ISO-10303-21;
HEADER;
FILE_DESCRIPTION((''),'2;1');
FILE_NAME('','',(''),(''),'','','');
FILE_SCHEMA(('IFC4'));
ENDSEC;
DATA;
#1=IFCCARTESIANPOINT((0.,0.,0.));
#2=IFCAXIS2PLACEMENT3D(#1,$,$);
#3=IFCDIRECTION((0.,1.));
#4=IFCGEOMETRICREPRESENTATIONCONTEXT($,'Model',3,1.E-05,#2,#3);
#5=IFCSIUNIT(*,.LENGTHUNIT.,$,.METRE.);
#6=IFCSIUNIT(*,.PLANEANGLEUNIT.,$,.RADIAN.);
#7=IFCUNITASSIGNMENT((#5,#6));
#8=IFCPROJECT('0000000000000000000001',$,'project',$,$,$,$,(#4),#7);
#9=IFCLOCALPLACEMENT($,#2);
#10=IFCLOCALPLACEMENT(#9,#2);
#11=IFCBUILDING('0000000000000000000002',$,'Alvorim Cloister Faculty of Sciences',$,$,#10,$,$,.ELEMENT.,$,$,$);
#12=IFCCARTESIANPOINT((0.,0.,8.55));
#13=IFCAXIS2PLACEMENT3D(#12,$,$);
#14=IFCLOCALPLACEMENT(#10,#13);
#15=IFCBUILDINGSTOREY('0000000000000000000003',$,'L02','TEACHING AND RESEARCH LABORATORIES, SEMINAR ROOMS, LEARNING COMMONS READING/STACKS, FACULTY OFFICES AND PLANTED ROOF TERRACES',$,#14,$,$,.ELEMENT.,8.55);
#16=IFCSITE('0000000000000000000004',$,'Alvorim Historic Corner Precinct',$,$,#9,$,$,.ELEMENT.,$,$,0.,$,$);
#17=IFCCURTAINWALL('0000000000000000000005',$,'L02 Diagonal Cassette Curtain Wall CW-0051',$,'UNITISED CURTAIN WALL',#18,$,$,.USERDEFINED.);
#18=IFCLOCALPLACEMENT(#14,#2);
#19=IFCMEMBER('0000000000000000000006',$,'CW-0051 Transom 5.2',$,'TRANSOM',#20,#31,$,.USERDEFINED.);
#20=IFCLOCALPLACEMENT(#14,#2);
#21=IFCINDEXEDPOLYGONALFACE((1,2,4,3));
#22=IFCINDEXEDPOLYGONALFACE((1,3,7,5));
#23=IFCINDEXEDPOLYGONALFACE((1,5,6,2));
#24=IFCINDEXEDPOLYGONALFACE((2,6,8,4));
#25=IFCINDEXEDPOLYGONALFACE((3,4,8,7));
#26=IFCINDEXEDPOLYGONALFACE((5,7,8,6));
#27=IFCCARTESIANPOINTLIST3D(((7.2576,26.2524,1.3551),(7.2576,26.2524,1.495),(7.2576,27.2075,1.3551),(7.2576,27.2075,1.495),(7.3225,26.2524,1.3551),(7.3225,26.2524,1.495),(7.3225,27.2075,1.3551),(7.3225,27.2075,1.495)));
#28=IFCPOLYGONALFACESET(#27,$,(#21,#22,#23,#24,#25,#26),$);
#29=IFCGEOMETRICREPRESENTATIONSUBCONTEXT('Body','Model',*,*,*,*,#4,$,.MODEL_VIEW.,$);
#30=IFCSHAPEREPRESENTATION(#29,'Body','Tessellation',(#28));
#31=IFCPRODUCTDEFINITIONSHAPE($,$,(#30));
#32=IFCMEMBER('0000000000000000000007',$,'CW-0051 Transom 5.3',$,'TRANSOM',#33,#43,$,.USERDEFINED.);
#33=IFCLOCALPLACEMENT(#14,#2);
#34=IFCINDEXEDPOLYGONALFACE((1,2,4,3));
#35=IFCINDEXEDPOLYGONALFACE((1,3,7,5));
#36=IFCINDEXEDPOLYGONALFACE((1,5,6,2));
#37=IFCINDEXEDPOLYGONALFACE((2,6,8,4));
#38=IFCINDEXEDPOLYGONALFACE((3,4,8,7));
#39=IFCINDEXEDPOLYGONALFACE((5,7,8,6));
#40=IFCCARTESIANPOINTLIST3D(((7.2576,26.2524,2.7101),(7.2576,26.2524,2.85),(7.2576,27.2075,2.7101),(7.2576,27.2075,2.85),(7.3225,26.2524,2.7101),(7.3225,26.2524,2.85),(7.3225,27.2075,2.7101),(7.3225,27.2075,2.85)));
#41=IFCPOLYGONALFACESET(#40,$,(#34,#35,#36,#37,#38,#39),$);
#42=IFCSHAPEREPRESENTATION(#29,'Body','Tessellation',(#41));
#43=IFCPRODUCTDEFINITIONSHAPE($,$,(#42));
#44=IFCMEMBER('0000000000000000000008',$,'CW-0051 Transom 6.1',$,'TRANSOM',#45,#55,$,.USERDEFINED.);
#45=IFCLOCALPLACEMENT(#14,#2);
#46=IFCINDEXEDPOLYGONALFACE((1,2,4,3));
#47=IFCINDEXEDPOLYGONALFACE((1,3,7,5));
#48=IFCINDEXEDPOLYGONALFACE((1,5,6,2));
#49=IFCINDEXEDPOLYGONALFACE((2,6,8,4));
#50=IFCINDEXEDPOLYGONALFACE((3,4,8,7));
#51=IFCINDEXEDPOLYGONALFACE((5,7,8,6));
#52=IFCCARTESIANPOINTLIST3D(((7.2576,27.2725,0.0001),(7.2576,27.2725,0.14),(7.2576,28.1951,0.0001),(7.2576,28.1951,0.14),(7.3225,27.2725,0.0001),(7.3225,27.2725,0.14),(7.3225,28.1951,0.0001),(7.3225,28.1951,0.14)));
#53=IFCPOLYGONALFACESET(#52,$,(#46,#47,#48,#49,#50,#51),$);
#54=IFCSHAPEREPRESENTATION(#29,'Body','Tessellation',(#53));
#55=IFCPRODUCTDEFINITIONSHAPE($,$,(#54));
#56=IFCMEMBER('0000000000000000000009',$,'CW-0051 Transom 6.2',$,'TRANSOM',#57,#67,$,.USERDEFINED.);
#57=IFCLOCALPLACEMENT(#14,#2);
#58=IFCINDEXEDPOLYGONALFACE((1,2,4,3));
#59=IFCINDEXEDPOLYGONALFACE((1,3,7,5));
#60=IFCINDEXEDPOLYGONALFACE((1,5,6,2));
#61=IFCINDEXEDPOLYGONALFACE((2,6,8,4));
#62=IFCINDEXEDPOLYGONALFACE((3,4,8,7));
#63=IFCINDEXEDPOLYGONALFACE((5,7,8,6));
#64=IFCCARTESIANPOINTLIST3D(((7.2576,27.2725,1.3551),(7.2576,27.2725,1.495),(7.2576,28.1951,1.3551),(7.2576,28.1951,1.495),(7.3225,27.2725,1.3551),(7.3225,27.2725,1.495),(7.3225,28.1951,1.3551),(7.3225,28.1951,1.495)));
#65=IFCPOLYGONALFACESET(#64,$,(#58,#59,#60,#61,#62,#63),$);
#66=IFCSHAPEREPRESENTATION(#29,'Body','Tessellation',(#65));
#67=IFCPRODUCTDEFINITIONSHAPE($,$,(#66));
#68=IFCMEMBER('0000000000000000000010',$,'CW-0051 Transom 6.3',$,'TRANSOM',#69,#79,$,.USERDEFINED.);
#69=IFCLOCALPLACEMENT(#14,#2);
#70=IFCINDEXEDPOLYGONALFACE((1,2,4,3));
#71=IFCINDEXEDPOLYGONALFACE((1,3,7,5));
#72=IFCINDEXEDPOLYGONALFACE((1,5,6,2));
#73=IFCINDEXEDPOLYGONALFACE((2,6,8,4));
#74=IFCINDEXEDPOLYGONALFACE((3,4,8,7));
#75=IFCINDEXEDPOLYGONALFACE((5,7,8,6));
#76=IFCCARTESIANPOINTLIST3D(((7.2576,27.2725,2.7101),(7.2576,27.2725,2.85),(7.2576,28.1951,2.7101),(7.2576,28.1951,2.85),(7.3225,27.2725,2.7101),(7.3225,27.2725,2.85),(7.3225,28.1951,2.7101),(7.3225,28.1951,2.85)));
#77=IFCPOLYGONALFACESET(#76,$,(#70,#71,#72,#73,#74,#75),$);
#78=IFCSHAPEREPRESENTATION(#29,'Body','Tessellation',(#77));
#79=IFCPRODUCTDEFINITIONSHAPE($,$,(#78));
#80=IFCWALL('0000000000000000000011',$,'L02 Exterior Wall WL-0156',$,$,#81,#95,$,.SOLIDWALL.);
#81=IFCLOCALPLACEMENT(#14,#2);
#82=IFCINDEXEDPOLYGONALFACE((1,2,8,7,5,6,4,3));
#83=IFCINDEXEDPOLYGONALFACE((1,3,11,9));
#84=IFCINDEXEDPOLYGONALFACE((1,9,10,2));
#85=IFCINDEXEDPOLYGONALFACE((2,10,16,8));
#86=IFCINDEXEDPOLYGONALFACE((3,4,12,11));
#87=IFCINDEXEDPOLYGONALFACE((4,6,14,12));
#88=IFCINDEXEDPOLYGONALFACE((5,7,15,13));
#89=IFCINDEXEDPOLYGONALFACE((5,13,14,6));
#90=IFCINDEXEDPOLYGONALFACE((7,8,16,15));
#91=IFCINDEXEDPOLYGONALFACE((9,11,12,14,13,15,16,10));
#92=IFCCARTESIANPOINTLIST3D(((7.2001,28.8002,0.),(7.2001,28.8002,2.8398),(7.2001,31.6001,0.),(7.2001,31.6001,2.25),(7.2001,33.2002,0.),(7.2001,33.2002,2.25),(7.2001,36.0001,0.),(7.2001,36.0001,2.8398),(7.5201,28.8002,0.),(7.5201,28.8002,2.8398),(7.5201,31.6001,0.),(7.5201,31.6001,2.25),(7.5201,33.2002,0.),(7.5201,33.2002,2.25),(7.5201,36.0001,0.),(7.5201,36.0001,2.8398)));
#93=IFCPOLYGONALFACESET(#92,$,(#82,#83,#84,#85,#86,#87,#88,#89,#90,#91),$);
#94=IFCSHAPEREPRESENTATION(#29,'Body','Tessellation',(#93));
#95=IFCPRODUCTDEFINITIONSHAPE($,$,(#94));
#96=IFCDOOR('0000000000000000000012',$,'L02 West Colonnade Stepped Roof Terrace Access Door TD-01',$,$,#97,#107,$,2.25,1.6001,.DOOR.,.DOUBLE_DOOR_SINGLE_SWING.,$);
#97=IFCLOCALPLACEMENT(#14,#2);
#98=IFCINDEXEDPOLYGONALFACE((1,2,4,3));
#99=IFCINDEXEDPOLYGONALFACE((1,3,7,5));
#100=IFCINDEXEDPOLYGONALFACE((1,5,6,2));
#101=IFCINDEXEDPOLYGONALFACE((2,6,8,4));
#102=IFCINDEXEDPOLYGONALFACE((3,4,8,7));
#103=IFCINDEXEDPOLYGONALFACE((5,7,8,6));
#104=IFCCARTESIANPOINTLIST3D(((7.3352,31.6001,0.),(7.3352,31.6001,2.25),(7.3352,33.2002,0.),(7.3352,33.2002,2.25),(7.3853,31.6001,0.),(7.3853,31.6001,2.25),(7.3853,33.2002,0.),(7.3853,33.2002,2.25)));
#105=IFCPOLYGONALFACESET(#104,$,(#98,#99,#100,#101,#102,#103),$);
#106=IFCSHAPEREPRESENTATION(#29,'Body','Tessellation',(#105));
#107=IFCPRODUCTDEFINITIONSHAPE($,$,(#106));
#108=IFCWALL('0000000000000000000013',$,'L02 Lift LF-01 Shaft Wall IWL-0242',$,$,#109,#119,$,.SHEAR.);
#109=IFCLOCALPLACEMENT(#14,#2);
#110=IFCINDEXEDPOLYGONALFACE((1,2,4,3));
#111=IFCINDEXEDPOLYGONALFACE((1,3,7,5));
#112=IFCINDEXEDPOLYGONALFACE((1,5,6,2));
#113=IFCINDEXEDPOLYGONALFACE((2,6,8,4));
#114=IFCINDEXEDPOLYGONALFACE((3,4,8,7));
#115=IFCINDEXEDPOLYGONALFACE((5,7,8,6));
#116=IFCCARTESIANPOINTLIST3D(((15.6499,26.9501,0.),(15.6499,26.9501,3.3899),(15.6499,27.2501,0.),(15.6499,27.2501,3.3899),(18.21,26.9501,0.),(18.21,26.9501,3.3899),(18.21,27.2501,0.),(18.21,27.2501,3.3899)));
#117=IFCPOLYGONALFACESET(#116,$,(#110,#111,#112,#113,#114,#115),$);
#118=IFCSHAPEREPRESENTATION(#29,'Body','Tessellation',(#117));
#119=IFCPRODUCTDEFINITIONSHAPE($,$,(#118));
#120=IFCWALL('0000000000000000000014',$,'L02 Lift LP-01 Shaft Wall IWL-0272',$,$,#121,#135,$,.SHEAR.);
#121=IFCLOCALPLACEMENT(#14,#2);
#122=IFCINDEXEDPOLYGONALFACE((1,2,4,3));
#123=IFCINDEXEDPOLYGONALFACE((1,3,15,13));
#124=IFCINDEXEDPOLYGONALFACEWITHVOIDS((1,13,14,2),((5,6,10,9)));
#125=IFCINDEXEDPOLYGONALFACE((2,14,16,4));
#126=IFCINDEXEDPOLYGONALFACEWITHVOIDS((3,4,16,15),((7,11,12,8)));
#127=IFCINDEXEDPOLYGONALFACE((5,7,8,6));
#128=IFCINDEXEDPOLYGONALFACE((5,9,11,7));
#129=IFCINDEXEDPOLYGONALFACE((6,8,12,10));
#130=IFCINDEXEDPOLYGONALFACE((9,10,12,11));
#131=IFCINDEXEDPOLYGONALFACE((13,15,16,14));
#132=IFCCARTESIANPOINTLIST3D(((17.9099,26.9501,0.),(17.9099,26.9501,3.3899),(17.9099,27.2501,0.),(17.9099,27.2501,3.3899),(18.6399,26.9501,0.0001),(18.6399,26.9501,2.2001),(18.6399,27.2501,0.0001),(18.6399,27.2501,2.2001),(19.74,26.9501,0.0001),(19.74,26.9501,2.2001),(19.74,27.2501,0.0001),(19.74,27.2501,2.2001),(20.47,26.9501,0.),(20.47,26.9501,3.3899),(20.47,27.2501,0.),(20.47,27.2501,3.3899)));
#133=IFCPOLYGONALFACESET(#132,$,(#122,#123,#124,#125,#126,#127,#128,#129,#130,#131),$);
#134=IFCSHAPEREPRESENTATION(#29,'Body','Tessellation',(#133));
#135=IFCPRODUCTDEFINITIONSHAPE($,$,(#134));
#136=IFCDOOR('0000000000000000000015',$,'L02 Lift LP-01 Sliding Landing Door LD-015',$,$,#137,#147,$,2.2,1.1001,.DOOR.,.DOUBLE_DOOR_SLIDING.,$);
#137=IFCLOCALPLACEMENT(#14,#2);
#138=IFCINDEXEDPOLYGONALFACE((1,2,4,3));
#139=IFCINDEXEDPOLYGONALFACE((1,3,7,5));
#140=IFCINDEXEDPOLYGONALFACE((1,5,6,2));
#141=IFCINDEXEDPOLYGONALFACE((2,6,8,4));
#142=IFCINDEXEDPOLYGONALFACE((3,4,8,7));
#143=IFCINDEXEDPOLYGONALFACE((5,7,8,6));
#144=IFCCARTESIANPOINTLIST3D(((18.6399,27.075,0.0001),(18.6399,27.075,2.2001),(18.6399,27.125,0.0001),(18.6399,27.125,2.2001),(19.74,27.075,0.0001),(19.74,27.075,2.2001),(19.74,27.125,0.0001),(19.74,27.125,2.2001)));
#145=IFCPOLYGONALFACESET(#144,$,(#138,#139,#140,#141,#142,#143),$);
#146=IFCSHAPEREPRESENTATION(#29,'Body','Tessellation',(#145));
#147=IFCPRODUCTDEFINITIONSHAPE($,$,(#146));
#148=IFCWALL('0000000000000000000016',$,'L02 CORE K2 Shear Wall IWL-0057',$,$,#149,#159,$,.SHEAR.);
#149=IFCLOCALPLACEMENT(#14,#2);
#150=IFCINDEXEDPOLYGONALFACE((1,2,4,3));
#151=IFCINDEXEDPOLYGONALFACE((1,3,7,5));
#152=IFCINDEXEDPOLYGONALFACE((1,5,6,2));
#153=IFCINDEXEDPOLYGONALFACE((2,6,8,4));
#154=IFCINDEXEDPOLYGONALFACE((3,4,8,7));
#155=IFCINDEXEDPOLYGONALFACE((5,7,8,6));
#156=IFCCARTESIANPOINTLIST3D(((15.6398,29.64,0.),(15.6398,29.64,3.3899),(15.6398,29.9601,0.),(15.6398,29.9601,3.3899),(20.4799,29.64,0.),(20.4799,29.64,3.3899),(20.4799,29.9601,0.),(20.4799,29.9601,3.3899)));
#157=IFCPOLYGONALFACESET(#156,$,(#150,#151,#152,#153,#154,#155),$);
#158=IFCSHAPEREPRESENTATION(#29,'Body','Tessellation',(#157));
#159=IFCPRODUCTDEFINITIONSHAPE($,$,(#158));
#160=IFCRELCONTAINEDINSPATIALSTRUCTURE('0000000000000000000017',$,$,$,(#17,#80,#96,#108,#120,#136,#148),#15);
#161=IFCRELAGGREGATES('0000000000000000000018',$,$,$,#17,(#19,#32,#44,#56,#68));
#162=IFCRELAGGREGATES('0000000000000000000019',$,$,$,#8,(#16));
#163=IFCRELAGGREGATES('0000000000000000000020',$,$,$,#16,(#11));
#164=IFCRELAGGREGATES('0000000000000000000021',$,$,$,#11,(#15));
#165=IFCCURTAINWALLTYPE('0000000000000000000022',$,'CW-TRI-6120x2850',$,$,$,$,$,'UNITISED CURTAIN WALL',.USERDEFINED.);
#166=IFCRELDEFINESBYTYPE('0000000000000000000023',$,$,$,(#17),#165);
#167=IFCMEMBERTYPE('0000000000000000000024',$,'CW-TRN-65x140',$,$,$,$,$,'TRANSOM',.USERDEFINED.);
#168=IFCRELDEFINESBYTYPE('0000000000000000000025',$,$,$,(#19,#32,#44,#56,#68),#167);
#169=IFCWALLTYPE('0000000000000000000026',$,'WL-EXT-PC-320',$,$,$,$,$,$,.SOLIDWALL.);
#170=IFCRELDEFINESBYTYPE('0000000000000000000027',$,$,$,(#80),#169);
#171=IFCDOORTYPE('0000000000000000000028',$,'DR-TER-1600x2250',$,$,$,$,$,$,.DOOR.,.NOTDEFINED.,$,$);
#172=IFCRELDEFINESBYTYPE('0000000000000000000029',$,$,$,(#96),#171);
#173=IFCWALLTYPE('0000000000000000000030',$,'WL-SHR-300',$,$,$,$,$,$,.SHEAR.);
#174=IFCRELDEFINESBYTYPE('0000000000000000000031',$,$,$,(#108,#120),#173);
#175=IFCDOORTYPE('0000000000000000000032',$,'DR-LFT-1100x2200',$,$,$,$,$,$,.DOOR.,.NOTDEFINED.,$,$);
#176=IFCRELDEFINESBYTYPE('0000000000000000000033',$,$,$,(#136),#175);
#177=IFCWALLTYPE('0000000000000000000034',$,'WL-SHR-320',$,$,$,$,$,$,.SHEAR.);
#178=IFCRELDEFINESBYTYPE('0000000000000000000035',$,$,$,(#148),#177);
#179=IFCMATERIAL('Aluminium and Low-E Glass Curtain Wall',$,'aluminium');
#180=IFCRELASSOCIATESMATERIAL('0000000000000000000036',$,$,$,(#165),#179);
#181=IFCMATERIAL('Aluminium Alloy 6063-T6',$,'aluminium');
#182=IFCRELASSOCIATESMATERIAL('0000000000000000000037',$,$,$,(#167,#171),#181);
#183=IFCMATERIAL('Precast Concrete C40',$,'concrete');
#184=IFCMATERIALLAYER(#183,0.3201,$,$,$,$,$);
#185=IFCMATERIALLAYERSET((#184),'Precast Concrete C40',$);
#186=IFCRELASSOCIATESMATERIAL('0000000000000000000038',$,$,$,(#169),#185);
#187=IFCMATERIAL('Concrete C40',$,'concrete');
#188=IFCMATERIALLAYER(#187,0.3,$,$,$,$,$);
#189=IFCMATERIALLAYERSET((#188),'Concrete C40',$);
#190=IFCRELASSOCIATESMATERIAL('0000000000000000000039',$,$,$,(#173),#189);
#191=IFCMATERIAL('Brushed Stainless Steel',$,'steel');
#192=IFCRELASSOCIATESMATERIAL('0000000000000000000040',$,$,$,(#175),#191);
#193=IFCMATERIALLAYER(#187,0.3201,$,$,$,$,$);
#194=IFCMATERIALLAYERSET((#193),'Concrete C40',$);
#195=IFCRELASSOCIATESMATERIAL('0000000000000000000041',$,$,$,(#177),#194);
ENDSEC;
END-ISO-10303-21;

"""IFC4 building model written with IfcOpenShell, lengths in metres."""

from ifc_helpers import new_model, si_unit, direction, frame, frame_2d, origin, origin_2d, place, context, subcontext, project, spatial, rectangle, extrude, material, layer, layer_set, material_profile, profile_set, type_object, element, fill, aggregate, save


model = new_model("IFC4")

# Units and contexts
model_context = context("Model", 3, precision=1e-05, world=origin(), true_north=direction((0.0, 1.0)))
body_context = subcontext(model_context, "Body", "Model", "MODEL_VIEW")
ifc_project = project(units=[si_unit("LENGTHUNIT", "METRE"), si_unit("PLANEANGLEUNIT", "RADIAN")], contexts=[model_context])

# Site, building, storey
site_placement = place(None, origin())
site = spatial("IfcSite", under=ifc_project, at=site_placement, Name="Alvorim Historic Corner Precinct", CompositionType="ELEMENT", RefElevation=0.0)
building_placement = place(site_placement, origin())
building = spatial("IfcBuilding", under=site, at=building_placement, Name="Alvorim Cloister Faculty of Sciences", CompositionType="ELEMENT")
storey_placement = place(building_placement, frame((0.0, 0.0, 8.55)))
storey = spatial("IfcBuildingStorey", under=building, at=storey_placement, Name="L02", Description="TEACHING AND RESEARCH LABORATORIES, SEMINAR ROOMS, LEARNING COMMONS READING/STACKS, FACULTY OFFICES AND PLANTED ROOF TERRACES", CompositionType="ELEMENT", Elevation=8.55)

# Curtain wall, members
ifc_material_1 = material(Name="Aluminium and Low-E Glass Curtain Wall", Category="aluminium")
curtain_wall_type = type_object("IfcCurtainWallType", Name="CW-TRI-6120x2850", ElementType="UNITISED CURTAIN WALL", PredefinedType="USERDEFINED", material=ifc_material_1)
curtain_wall_placement = place(storey_placement, origin())
curtain_wall = element("IfcCurtainWall", 1, at=curtain_wall_placement, inside=storey, type_object=curtain_wall_type, Name="L02 Diagonal Cassette Curtain Wall CW-0051", ObjectType="UNITISED CURTAIN WALL", PredefinedType="USERDEFINED")
ifc_material_2 = material(Name="Aluminium Alloy 6063-T6", Category="aluminium")
ifc_material_profile_1 = material_profile(ifc_material_2, rectangle(XDim=0.0649, YDim=0.1399, at=origin_2d()), Name="ALU-TRN-65x140")
ifc_profile_set_1 = profile_set([ifc_material_profile_1], Name="Aluminium Alloy 6063-T6")
member_type_1 = type_object("IfcMemberType", Name="CW-TRN-65x140", ElementType="TRANSOM", PredefinedType="USERDEFINED", material=ifc_profile_set_1)
member_1_placement = place(storey_placement, frame((7.29, 26.2524, 1.425), z_axis=(0.0, 1.0, 0.0), x_axis=(-1.0, 0.0, 0.0)))
member_1 = element("IfcMember", 2, at=member_1_placement, type_object=member_type_1, Name="CW-0051 Transom 5.2", ObjectType="TRANSOM", PredefinedType="USERDEFINED", context=body_context, shape_type="SweptSolid", body=[
    extrude(rectangle(XDim=0.0649, YDim=0.1399, at=origin_2d()), origin(), (0.0, 0.0, 1.0), 0.9551),
])
member_2_placement = place(storey_placement, frame((7.29, 26.2524, 2.78), z_axis=(0.0, 1.0, 0.0), x_axis=(-1.0, 0.0, 0.0)))
member_2 = element("IfcMember", 3, at=member_2_placement, type_object=member_type_1, Name="CW-0051 Transom 5.3", ObjectType="TRANSOM", PredefinedType="USERDEFINED", context=body_context, shape_type="SweptSolid", body=[
    extrude(rectangle(XDim=0.0649, YDim=0.1399, at=origin_2d()), origin(), (0.0, 0.0, 1.0), 0.9551),
])
member_3_placement = place(storey_placement, frame((7.29, 27.2725, 0.0701), z_axis=(0.0, 1.0, 0.0), x_axis=(-1.0, 0.0, 0.0)))
member_3 = element("IfcMember", 4, at=member_3_placement, type_object=member_type_1, Name="CW-0051 Transom 6.1", ObjectType="TRANSOM", PredefinedType="USERDEFINED", context=body_context, shape_type="SweptSolid", body=[
    extrude(rectangle(XDim=0.0649, YDim=0.1399, at=origin_2d()), origin(), (0.0, 0.0, 1.0), 0.9226),
])
member_4_placement = place(storey_placement, frame((7.29, 27.2725, 1.425), z_axis=(0.0, 1.0, 0.0), x_axis=(-1.0, 0.0, 0.0)))
member_4 = element("IfcMember", 5, at=member_4_placement, type_object=member_type_1, Name="CW-0051 Transom 6.2", ObjectType="TRANSOM", PredefinedType="USERDEFINED", context=body_context, shape_type="SweptSolid", body=[
    extrude(rectangle(XDim=0.0649, YDim=0.1399, at=origin_2d()), origin(), (0.0, 0.0, 1.0), 0.9226),
])
member_5_placement = place(storey_placement, frame((7.29, 27.2725, 2.78), z_axis=(0.0, 1.0, 0.0), x_axis=(-1.0, 0.0, 0.0)))
member_5 = element("IfcMember", 6, at=member_5_placement, type_object=member_type_1, Name="CW-0051 Transom 6.3", ObjectType="TRANSOM", PredefinedType="USERDEFINED", context=body_context, shape_type="SweptSolid", body=[
    extrude(rectangle(XDim=0.0649, YDim=0.1399, at=origin_2d()), origin(), (0.0, 0.0, 1.0), 0.9226),
])
aggregate(curtain_wall, [member_1, member_2, member_3, member_4, member_5])

# Wall, opening, door
ifc_material_3 = material(Name="Precast Concrete C40", Category="concrete")
ifc_layer_1 = layer(ifc_material_3, 0.3201)
ifc_layer_set_1 = layer_set([ifc_layer_1], Name="Precast Concrete C40")
wall_type_1 = type_object("IfcWallType", Name="WL-EXT-PC-320", PredefinedType="SOLIDWALL", material=ifc_layer_set_1)
wall_1_placement = place(storey_placement, frame((7.3601, 28.8, 0.0), z_axis=(0.0, 0.0, 1.0), x_axis=(0.0, 1.0, 0.0)))
wall_1 = element("IfcWall", 7, at=wall_1_placement, inside=storey, type_object=wall_type_1, Name="L02 Exterior Wall WL-0156", PredefinedType="SOLIDWALL", context=body_context, shape_type="SweptSolid", body=[
    extrude(rectangle(XDim=7.2, YDim=0.3201, at=frame_2d((3.6001, 0.0))), origin(), (0.0, 0.0, 1.0), 2.8398),
])
opening_1_placement = place(wall_1_placement, frame((2.8, 0.0, 0.0)))
opening_1 = element("IfcOpeningElement", 8, at=opening_1_placement, cuts=wall_1, PredefinedType="OPENING", context=body_context, shape_type="SweptSolid", body=[
    extrude(rectangle(XDim=1.6001, YDim=2.25, at=frame_2d((0.8, 1.125))), frame((0.0, 0.1719, 0.0), z_axis=(0.0, -1.0, 0.0), x_axis=(1.0, 0.0, 0.0)), (0.0, 0.0, 1.0), 0.344),
])
door_type_1 = type_object("IfcDoorType", Name="DR-TER-1600x2250", OperationType="NOTDEFINED", PredefinedType="DOOR", material=ifc_material_2)
door_1_placement = place(opening_1_placement, origin())
door_1 = element("IfcDoor", 9, at=door_1_placement, inside=storey, type_object=door_type_1, Name="L02 West Colonnade Stepped Roof Terrace Access Door TD-01", OperationType="DOUBLE_DOOR_SINGLE_SWING", OverallHeight=2.25, OverallWidth=1.6001, PredefinedType="DOOR", context=body_context, shape_type="SweptSolid", body=[
    extrude(rectangle(XDim=1.6001, YDim=2.25, at=frame_2d((0.8, 1.125))), frame((0.0, 0.0249, 0.0), z_axis=(0.0, -1.0, 0.0), x_axis=(1.0, 0.0, 0.0)), (0.0, 0.0, 1.0), 0.05),
])
fill(opening_1, door_1)

# Wall
ifc_material_4 = material(Name="Concrete C40", Category="concrete")
ifc_layer_2 = layer(ifc_material_4, 0.3)
ifc_layer_set_2 = layer_set([ifc_layer_2], Name="Concrete C40")
wall_type_2 = type_object("IfcWallType", Name="WL-SHR-300", PredefinedType="SHEAR", material=ifc_layer_set_2)
wall_2_placement = place(storey_placement, frame((15.6499, 27.1001, 0.0), z_axis=(0.0, 0.0, 1.0), x_axis=(1.0, 0.0, 0.0)))
element("IfcWall", 10, at=wall_2_placement, inside=storey, type_object=wall_type_2, Name="L02 Lift LF-01 Shaft Wall IWL-0242", PredefinedType="SHEAR", context=body_context, shape_type="SweptSolid", body=[
    extrude(rectangle(XDim=2.5601, YDim=0.3, at=frame_2d((1.28, 0.0))), origin(), (0.0, 0.0, 1.0), 3.3899),
])

# Wall, opening, door
wall_3_placement = place(storey_placement, frame((17.9099, 27.1001, 0.0), z_axis=(0.0, 0.0, 1.0), x_axis=(1.0, 0.0, 0.0)))
wall_3 = element("IfcWall", 11, at=wall_3_placement, inside=storey, type_object=wall_type_2, Name="L02 Lift LP-01 Shaft Wall IWL-0272", PredefinedType="SHEAR", context=body_context, shape_type="SweptSolid", body=[
    extrude(rectangle(XDim=2.5601, YDim=0.3, at=frame_2d((1.28, 0.0))), origin(), (0.0, 0.0, 1.0), 3.3899),
])
opening_2_placement = place(wall_3_placement, frame((0.73, 0.0, 0.0)))
opening_2 = element("IfcOpeningElement", 12, at=opening_2_placement, cuts=wall_3, PredefinedType="OPENING", context=body_context, shape_type="SweptSolid", body=[
    extrude(rectangle(XDim=1.1001, YDim=2.2, at=frame_2d((0.55, 1.1001))), frame((0.0, 0.1621, 0.0), z_axis=(0.0, -1.0, 0.0), x_axis=(1.0, 0.0, 0.0)), (0.0, 0.0, 1.0), 0.324),
])
ifc_material_5 = material(Name="Brushed Stainless Steel", Category="steel")
door_type_2 = type_object("IfcDoorType", Name="DR-LFT-1100x2200", OperationType="NOTDEFINED", PredefinedType="DOOR", material=ifc_material_5)
door_2_placement = place(opening_2_placement, origin())
door_2 = element("IfcDoor", 13, at=door_2_placement, inside=storey, type_object=door_type_2, Name="L02 Lift LP-01 Sliding Landing Door LD-015", OperationType="DOUBLE_DOOR_SLIDING", OverallHeight=2.2, OverallWidth=1.1001, PredefinedType="DOOR", context=body_context, shape_type="SweptSolid", body=[
    extrude(rectangle(XDim=1.1001, YDim=2.2, at=frame_2d((0.55, 1.1001))), frame((0.0, 0.0249, 0.0), z_axis=(0.0, -1.0, 0.0), x_axis=(1.0, 0.0, 0.0)), (0.0, 0.0, 1.0), 0.05),
])
fill(opening_2, door_2)

# Wall
ifc_layer_3 = layer(ifc_material_4, 0.3201)
ifc_layer_set_3 = layer_set([ifc_layer_3], Name="Concrete C40")
wall_type_3 = type_object("IfcWallType", Name="WL-SHR-320", PredefinedType="SHEAR", material=ifc_layer_set_3)
wall_4_placement = place(storey_placement, frame((15.6399, 29.8, 0.0), z_axis=(0.0, 0.0, 1.0), x_axis=(1.0, 0.0, 0.0)))
element("IfcWall", 14, at=wall_4_placement, inside=storey, type_object=wall_type_3, Name="L02 CORE K2 Shear Wall IWL-0057", PredefinedType="SHEAR", context=body_context, shape_type="SweptSolid", body=[
    extrude(rectangle(XDim=4.8401, YDim=0.3201, at=frame_2d((2.4199, 0.0))), origin(), (0.0, 0.0, 1.0), 3.3899),
])

save(model, "model.ifc")
